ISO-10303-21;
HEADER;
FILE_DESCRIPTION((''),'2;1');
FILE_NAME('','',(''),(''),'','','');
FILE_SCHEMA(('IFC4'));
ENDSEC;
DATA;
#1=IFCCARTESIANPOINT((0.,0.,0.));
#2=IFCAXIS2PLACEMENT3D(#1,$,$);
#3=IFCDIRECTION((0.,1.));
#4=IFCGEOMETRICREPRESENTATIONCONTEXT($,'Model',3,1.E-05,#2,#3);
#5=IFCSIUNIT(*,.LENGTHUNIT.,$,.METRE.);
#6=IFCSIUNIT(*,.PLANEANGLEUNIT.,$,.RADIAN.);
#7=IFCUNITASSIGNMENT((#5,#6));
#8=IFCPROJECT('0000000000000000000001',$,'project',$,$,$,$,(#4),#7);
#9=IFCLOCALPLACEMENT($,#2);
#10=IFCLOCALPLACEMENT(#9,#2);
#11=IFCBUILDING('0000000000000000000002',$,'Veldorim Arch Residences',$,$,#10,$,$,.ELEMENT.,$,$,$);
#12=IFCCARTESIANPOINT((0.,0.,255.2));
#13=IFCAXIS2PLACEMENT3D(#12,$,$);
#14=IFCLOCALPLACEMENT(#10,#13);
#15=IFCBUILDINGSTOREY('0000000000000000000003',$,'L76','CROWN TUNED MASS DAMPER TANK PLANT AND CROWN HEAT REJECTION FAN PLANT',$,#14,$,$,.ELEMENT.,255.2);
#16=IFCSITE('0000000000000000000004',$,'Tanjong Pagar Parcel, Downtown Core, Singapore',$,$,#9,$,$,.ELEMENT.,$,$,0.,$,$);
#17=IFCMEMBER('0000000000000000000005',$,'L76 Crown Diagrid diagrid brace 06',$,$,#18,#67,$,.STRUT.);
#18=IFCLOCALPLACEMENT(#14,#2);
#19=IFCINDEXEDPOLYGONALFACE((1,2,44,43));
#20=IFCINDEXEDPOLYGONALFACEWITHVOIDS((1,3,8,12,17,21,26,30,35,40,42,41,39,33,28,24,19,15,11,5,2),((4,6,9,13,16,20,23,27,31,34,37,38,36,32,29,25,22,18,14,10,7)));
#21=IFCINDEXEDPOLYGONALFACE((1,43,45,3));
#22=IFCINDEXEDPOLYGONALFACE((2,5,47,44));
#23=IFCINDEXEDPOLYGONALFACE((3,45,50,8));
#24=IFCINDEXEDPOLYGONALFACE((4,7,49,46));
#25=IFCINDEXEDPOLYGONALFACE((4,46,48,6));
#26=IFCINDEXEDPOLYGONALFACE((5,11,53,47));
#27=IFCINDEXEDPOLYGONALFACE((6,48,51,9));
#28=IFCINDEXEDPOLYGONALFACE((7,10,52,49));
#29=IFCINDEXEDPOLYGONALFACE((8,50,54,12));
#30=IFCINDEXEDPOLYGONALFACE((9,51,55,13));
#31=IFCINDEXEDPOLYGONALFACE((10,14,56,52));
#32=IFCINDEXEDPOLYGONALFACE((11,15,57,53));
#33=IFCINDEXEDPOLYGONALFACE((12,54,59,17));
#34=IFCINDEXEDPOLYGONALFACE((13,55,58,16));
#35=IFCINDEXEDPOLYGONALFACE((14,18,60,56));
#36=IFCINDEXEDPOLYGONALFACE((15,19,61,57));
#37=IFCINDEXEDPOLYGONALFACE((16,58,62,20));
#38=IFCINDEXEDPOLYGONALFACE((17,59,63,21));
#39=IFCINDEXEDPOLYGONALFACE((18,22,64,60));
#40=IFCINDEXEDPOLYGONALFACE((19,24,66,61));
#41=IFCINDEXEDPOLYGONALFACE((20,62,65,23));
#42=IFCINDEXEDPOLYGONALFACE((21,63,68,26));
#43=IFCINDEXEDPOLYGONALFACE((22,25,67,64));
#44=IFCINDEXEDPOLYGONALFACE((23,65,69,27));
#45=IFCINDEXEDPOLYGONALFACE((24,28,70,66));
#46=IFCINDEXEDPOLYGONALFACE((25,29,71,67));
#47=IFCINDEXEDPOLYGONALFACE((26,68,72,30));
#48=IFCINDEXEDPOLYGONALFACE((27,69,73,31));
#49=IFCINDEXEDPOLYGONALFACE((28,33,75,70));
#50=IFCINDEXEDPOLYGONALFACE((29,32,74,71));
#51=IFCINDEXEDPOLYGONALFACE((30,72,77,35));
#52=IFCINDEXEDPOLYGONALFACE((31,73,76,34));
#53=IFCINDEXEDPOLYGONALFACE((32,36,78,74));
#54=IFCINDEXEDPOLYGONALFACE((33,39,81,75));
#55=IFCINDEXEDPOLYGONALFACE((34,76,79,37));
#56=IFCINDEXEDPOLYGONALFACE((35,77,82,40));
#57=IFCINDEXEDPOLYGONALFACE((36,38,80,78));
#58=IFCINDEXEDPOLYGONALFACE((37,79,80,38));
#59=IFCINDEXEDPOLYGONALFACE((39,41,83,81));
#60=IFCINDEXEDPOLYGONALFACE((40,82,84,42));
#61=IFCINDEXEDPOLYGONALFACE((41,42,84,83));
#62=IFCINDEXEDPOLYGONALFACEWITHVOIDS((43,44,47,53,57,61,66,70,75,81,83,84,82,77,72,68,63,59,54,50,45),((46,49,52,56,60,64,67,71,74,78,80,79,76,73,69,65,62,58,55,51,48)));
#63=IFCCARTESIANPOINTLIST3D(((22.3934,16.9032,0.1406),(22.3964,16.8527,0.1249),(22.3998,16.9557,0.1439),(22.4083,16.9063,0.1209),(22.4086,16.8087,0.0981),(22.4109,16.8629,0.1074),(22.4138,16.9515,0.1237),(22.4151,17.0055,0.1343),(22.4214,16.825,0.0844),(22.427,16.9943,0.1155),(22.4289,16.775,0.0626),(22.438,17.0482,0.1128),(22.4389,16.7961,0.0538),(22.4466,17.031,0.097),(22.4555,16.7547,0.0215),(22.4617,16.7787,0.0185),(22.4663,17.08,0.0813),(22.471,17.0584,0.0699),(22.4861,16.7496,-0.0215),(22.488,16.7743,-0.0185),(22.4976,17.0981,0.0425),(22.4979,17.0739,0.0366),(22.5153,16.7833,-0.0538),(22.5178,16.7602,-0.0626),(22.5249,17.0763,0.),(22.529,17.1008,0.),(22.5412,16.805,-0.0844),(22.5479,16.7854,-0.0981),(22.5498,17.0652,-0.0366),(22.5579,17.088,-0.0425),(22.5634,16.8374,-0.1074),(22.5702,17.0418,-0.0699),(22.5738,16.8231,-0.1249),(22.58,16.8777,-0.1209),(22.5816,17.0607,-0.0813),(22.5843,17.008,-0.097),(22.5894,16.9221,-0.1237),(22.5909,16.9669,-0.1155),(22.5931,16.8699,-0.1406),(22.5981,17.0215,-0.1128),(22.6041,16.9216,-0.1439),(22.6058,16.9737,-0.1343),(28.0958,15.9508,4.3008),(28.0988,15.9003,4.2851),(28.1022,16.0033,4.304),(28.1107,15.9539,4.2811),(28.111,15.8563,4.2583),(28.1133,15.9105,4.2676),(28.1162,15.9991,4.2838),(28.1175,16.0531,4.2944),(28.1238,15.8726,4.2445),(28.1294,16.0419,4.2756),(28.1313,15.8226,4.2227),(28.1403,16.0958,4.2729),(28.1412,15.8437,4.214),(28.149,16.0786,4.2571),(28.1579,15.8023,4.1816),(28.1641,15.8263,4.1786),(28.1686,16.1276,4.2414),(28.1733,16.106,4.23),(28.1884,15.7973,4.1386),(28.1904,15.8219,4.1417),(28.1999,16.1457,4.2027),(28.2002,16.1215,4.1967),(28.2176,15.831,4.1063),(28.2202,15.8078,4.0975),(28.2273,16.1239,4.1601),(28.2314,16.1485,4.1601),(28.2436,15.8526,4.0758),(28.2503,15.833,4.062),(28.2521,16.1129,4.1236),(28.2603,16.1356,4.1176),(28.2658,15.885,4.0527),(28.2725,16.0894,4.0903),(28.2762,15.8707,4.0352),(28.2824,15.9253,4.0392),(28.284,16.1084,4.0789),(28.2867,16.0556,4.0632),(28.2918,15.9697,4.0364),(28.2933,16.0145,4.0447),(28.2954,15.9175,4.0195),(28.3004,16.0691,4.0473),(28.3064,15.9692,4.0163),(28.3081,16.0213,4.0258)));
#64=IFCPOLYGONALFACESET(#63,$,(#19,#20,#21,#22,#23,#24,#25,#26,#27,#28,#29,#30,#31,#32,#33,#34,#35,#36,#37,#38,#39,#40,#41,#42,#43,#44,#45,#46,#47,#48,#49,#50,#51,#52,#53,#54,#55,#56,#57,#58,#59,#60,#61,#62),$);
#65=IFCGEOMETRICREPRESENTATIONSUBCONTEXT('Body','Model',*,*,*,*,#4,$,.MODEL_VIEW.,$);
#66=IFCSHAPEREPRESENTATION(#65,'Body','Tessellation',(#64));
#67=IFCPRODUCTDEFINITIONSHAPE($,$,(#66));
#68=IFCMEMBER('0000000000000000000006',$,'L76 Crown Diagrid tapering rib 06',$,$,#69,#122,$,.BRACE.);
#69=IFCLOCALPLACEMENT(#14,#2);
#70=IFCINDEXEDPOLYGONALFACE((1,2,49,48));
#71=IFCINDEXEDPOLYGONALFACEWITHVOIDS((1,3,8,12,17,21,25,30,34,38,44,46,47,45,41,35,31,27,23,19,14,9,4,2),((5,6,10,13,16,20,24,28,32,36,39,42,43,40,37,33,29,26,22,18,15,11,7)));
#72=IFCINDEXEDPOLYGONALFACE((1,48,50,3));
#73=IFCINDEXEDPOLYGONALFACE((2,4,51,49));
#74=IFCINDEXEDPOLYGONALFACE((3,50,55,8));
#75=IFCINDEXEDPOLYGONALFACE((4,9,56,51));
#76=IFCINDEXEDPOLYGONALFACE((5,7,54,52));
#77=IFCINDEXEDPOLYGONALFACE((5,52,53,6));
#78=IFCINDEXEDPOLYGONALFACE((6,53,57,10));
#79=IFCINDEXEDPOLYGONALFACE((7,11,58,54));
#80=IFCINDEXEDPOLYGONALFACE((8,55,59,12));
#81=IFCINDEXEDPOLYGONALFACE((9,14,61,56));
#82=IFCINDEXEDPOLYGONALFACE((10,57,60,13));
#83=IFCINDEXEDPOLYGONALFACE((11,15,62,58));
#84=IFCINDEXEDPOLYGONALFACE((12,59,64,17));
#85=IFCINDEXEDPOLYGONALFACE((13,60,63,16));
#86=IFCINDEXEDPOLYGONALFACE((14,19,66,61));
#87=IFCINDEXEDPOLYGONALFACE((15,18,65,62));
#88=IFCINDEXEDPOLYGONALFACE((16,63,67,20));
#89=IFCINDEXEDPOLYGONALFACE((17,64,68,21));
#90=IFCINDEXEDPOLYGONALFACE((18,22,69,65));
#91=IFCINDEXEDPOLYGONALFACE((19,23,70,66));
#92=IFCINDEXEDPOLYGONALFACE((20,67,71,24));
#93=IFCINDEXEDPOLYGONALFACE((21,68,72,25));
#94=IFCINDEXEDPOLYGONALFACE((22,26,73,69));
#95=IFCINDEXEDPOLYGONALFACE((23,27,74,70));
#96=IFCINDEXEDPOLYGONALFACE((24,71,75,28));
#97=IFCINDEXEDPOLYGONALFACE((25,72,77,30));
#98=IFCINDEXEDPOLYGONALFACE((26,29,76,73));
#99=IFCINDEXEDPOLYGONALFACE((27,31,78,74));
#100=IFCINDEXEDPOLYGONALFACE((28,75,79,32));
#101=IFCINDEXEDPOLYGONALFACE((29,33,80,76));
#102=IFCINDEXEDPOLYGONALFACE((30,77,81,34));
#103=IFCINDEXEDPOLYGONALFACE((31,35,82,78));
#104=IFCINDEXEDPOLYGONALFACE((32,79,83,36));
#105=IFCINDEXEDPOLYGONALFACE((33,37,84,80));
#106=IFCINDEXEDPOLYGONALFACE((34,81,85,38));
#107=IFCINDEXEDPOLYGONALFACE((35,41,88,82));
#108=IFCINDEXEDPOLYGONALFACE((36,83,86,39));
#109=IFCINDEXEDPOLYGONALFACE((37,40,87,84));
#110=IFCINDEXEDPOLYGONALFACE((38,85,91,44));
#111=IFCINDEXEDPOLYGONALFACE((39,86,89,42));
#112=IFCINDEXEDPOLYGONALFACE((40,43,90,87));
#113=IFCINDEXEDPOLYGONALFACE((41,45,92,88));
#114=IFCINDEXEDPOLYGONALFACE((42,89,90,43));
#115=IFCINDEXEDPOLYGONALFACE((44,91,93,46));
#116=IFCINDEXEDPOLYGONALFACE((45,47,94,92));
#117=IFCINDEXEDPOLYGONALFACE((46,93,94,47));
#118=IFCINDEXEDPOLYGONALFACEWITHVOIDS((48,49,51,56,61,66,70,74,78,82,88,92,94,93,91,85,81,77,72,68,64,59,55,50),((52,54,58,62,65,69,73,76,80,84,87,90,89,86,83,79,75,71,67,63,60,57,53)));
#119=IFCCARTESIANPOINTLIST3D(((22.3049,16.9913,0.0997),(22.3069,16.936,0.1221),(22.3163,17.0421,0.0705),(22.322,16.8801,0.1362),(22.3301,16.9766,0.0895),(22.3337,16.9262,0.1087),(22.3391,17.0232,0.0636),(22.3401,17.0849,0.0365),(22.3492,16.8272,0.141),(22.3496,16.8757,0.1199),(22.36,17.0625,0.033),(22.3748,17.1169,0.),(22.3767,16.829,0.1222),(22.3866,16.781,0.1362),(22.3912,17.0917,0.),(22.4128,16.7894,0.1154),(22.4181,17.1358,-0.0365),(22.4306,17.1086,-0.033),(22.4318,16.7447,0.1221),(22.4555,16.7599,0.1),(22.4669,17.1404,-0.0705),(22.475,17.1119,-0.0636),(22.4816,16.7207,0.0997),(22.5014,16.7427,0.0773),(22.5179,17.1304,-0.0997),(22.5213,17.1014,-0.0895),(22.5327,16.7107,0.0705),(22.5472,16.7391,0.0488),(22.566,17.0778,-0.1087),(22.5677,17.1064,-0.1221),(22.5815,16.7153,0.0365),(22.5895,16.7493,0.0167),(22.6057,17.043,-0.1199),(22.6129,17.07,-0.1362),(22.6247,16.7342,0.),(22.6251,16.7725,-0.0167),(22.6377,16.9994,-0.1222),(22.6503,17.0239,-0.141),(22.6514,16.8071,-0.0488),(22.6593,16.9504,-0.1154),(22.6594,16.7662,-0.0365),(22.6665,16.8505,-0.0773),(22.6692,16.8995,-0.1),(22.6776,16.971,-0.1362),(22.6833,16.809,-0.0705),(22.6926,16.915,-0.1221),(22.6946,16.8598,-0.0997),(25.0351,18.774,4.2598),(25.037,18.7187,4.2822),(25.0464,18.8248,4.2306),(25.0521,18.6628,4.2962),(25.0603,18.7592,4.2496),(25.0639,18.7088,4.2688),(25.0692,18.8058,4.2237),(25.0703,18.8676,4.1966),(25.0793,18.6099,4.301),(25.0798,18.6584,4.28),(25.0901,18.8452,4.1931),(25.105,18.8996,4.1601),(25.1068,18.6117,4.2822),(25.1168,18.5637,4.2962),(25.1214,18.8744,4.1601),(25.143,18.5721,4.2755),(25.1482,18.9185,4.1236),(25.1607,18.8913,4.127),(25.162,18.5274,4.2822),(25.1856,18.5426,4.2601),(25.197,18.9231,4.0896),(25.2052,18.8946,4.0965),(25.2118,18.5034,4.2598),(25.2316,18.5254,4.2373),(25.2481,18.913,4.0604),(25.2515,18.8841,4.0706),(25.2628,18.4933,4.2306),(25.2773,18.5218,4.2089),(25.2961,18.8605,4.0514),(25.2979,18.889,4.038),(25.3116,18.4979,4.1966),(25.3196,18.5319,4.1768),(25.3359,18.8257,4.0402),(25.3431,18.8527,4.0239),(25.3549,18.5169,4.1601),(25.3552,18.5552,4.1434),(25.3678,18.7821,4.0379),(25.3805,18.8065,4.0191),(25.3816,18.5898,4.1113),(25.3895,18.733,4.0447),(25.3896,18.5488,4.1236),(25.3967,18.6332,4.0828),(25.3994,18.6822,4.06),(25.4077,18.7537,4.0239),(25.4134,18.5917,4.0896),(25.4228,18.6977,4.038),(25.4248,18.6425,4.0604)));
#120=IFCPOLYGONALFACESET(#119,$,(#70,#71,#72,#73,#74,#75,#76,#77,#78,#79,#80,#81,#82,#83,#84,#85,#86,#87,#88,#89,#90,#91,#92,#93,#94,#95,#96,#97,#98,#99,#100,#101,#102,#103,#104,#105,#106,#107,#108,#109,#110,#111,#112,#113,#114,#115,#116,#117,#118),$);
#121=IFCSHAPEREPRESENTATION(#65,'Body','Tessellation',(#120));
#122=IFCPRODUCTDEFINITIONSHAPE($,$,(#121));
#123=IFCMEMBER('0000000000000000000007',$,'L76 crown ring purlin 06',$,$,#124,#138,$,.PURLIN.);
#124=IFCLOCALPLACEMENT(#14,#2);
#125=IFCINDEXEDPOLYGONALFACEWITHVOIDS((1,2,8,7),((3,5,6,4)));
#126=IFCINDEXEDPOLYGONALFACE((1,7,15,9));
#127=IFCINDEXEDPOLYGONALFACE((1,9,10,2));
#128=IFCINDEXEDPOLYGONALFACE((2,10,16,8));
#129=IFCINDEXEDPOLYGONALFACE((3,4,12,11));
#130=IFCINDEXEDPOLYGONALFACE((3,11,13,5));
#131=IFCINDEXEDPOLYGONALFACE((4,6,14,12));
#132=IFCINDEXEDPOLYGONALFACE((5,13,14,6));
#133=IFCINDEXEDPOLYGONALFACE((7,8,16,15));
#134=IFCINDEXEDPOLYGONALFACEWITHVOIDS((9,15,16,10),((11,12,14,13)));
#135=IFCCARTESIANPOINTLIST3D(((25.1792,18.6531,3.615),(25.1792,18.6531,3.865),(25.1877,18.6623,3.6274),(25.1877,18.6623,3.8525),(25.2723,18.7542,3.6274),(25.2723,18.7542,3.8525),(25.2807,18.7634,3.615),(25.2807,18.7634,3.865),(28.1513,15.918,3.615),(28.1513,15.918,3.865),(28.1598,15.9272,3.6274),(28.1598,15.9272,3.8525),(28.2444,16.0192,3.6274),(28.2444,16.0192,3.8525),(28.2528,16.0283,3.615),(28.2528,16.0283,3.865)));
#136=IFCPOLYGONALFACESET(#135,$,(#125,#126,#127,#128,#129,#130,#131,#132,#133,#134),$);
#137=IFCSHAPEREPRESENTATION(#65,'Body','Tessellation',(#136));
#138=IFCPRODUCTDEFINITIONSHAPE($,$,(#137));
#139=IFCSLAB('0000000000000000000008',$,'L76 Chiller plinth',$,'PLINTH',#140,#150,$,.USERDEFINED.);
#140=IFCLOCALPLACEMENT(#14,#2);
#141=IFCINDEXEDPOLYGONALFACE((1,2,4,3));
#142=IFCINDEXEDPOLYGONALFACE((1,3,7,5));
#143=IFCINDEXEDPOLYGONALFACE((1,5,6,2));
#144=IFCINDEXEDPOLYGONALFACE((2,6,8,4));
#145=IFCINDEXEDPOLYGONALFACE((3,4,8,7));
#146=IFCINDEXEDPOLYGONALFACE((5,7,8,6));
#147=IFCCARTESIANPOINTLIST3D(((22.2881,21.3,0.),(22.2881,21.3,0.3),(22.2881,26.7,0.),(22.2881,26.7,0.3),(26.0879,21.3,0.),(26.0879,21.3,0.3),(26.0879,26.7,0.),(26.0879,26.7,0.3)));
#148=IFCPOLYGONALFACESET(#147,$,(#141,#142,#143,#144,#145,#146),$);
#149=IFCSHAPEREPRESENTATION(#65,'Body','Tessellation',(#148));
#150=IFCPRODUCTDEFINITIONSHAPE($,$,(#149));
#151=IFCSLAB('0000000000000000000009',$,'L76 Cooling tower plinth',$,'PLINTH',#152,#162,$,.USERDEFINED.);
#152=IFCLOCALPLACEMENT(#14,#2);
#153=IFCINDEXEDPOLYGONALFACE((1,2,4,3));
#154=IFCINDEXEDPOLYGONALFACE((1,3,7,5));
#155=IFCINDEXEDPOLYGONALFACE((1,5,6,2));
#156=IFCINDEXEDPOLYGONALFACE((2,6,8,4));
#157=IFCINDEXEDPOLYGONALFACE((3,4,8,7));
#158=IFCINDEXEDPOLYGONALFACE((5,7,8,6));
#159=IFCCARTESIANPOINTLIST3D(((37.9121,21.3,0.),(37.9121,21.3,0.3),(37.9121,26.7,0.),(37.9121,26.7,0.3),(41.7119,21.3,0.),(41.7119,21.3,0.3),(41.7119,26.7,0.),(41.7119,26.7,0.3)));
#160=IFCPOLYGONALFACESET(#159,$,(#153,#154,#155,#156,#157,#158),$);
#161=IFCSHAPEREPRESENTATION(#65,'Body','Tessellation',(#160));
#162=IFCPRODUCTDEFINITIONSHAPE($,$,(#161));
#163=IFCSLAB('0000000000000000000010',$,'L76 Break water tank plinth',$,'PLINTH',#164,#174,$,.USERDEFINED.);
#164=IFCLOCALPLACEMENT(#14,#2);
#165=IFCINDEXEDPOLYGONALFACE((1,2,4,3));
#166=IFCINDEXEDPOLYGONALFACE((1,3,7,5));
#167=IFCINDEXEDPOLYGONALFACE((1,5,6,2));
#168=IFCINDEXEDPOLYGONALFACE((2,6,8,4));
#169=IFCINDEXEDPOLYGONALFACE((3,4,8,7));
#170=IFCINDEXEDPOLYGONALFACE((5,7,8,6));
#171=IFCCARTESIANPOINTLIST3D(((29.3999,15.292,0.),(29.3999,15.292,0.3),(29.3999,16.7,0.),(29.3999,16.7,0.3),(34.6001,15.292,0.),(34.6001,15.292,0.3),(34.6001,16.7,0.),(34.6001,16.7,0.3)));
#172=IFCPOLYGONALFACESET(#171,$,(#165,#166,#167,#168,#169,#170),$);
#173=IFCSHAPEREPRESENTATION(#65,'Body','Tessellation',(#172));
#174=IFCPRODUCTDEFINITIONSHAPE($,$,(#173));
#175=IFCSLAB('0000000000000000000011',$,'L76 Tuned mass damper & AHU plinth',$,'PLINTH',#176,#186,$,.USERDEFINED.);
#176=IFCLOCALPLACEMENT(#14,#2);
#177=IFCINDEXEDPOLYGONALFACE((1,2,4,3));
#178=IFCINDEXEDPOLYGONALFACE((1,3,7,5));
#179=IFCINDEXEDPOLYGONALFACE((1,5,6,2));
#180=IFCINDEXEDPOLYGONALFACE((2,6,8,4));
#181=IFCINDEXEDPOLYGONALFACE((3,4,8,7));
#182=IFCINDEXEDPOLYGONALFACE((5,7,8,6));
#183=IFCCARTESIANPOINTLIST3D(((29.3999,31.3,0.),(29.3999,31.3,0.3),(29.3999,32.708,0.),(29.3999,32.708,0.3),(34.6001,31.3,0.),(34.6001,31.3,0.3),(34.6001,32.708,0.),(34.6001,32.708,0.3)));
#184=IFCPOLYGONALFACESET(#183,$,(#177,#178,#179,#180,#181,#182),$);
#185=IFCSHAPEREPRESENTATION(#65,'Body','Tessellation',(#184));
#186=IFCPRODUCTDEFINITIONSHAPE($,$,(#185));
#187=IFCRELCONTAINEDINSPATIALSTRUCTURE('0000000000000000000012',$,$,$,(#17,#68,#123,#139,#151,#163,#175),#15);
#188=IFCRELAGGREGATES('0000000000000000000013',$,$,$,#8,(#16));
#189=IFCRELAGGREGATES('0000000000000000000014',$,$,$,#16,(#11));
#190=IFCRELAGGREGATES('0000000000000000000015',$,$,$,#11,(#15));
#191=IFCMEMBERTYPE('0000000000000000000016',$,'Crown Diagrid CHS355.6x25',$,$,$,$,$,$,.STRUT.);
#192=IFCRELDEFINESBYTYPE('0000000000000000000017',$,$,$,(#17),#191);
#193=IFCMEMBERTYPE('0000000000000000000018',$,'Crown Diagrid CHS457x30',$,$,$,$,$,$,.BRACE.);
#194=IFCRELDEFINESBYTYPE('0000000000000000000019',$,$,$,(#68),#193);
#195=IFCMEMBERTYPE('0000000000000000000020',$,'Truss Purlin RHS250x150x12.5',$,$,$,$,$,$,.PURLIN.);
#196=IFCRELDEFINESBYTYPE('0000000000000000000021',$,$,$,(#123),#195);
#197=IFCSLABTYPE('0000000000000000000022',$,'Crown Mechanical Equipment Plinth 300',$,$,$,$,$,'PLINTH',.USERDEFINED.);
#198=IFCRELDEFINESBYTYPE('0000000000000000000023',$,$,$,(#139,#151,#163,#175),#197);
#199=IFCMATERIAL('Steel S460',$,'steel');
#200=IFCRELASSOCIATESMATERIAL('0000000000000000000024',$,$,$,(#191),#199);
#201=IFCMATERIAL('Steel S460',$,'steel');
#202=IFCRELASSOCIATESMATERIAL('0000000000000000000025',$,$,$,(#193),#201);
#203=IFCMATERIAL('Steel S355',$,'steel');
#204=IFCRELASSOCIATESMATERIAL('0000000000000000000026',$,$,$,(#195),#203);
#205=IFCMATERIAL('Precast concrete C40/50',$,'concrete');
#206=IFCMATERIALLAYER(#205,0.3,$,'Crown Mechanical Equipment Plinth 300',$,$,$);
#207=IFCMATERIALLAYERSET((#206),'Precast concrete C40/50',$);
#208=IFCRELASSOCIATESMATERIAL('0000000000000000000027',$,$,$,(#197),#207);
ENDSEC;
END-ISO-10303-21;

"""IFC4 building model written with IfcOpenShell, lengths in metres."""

from ifc_helpers import new_model, si_unit, direction, frame, origin, origin_2d, place, context, subcontext, project, spatial, polyline, hollow_rectangle, hollow_circle, outline, extrude, material, layer, layer_set, material_profile, profile_set, type_object, element, save


model = new_model("IFC4")

# Units and contexts
model_context = context("Model", 3, precision=1e-05, world=origin(), true_north=direction((0.0, 1.0)))
body_context = subcontext(model_context, "Body", "Model", "MODEL_VIEW")
ifc_project = project(units=[si_unit("LENGTHUNIT", "METRE"), si_unit("PLANEANGLEUNIT", "RADIAN")], contexts=[model_context])

# Site, building, storey
site_placement = place(None, origin())
site = spatial("IfcSite", under=ifc_project, at=site_placement, Name="Tanjong Pagar Parcel, Downtown Core, Singapore", CompositionType="ELEMENT", RefElevation=0.0)
building_placement = place(site_placement, origin())
building = spatial("IfcBuilding", under=site, at=building_placement, Name="Veldorim Arch Residences", CompositionType="ELEMENT")
storey_placement = place(building_placement, frame((0.0, 0.0, 255.2)))
storey = spatial("IfcBuildingStorey", under=building, at=storey_placement, Name="L76", Description="CROWN TUNED MASS DAMPER TANK PLANT AND CROWN HEAT REJECTION FAN PLANT", CompositionType="ELEMENT", Elevation=255.2)

# Members
ifc_material_1 = material(Name="Steel S460", Category="steel")
ifc_material_profile_1 = material_profile(ifc_material_1, hollow_circle(Radius=0.1777, WallThickness=0.0249, at=origin_2d()), Name="CHS355.6x25")
ifc_profile_set_1 = profile_set([ifc_material_profile_1], Name="Steel S460")
member_type_1 = type_object("IfcMemberType", Name="Crown Diagrid CHS355.6x25", PredefinedType="STRUT", material=ifc_profile_set_1)
member_1_placement = place(storey_placement, frame((22.4998, 16.9255, 0.0), z_axis=(0.800607, -0.133714, 0.584079), x_axis=(0.164735, 0.986338, 0.0)))
element("IfcMember", 1, at=member_1_placement, inside=storey, type_object=member_type_1, Name="L76 Crown Diagrid diagrid brace 06", PredefinedType="STRUT", context=body_context, shape_type="SweptSolid", body=[
    extrude(hollow_circle(Radius=0.1777, WallThickness=0.0249, at=origin_2d()), origin(), (0.0, 0.0, 1.0), 7.1226),
])
ifc_material_2 = material(Name="Steel S460", Category="steel")
ifc_material_profile_2 = material_profile(ifc_material_2, hollow_circle(Radius=0.2285, WallThickness=0.03, at=origin_2d()), Name="CHS457x30")
ifc_profile_set_2 = profile_set([ifc_material_profile_2], Name="Steel S460")
member_type_2 = type_object("IfcMemberType", Name="Crown Diagrid CHS457x30", PredefinedType="BRACE", material=ifc_profile_set_2)
member_2_placement = place(storey_placement, frame((22.4998, 16.9255, 0.0), z_axis=(0.516526, 0.337268, 0.787052), x_axis=(-0.546727, 0.837311, 0.0)))
element("IfcMember", 2, at=member_2_placement, inside=storey, type_object=member_type_2, Name="L76 Crown Diagrid tapering rib 06", PredefinedType="BRACE", context=body_context, shape_type="SweptSolid", body=[
    extrude(hollow_circle(Radius=0.2285, WallThickness=0.03, at=origin_2d()), origin(), (0.0, 0.0, 1.0), 5.2856),
])
ifc_material_3 = material(Name="Steel S355", Category="steel")
ifc_material_profile_3 = material_profile(ifc_material_3, hollow_rectangle(XDim=0.1499, YDim=0.25, WallThickness=0.0125, at=origin_2d()), Name="RHS250x150x12.5")
ifc_profile_set_3 = profile_set([ifc_material_profile_3], Name="Steel S355")
member_type_3 = type_object("IfcMemberType", Name="Truss Purlin RHS250x150x12.5", PredefinedType="PURLIN", material=ifc_profile_set_3)
member_3_placement = place(storey_placement, frame((25.23, 18.7083, 3.74), z_axis=(0.735843, -0.677152, 0.0), x_axis=(0.677152, 0.735843, 0.0)))
element("IfcMember", 3, at=member_3_placement, inside=storey, type_object=member_type_3, Name="L76 crown ring purlin 06", PredefinedType="PURLIN", context=body_context, shape_type="SweptSolid", body=[
    extrude(hollow_rectangle(XDim=0.1499, YDim=0.25, WallThickness=0.0125, at=origin_2d()), origin(), (0.0, 0.0, 1.0), 4.0391),
])

# Slabs
ifc_material_4 = material(Name="Precast concrete C40/50", Category="concrete")
ifc_layer_1 = layer(ifc_material_4, 0.3, Name="Crown Mechanical Equipment Plinth 300")
ifc_layer_set_1 = layer_set([ifc_layer_1], Name="Precast concrete C40/50")
slab_type_1 = type_object("IfcSlabType", Name="Crown Mechanical Equipment Plinth 300", ElementType="PLINTH", PredefinedType="USERDEFINED", material=ifc_layer_set_1)
slab_1_placement = place(storey_placement, origin())
element("IfcSlab", 4, at=slab_1_placement, inside=storey, type_object=slab_type_1, Name="L76 Chiller plinth", ObjectType="PLINTH", PredefinedType="USERDEFINED", context=body_context, shape_type="SweptSolid", body=[
    extrude(outline(polyline([(22.2881, 26.7), (26.0879, 26.7), (26.0879, 21.3), (22.2881, 21.3), (22.2881, 26.7)])), origin(), (0.0, 0.0, 1.0), 0.3),
])
slab_2_placement = place(storey_placement, origin())
element("IfcSlab", 5, at=slab_2_placement, inside=storey, type_object=slab_type_1, Name="L76 Cooling tower plinth", ObjectType="PLINTH", PredefinedType="USERDEFINED", context=body_context, shape_type="SweptSolid", body=[
    extrude(outline(polyline([(37.9121, 26.7), (41.7119, 26.7), (41.7119, 21.3), (37.9121, 21.3), (37.9121, 26.7)])), origin(), (0.0, 0.0, 1.0), 0.3),
])
slab_3_placement = place(storey_placement, origin())
element("IfcSlab", 6, at=slab_3_placement, inside=storey, type_object=slab_type_1, Name="L76 Break water tank plinth", ObjectType="PLINTH", PredefinedType="USERDEFINED", context=body_context, shape_type="SweptSolid", body=[
    extrude(outline(polyline([(34.6001, 15.292), (29.3999, 15.292), (29.3999, 16.7), (34.6001, 16.7), (34.6001, 15.292)])), origin(), (0.0, 0.0, 1.0), 0.3),
])
slab_4_placement = place(storey_placement, origin())
element("IfcSlab", 7, at=slab_4_placement, inside=storey, type_object=slab_type_1, Name="L76 Tuned mass damper & AHU plinth", ObjectType="PLINTH", PredefinedType="USERDEFINED", context=body_context, shape_type="SweptSolid", body=[
    extrude(outline(polyline([(29.3999, 32.708), (34.6001, 32.708), (34.6001, 31.3), (29.3999, 31.3), (29.3999, 32.708)])), origin(), (0.0, 0.0, 1.0), 0.3),
])

save(model, "model.ifc")
